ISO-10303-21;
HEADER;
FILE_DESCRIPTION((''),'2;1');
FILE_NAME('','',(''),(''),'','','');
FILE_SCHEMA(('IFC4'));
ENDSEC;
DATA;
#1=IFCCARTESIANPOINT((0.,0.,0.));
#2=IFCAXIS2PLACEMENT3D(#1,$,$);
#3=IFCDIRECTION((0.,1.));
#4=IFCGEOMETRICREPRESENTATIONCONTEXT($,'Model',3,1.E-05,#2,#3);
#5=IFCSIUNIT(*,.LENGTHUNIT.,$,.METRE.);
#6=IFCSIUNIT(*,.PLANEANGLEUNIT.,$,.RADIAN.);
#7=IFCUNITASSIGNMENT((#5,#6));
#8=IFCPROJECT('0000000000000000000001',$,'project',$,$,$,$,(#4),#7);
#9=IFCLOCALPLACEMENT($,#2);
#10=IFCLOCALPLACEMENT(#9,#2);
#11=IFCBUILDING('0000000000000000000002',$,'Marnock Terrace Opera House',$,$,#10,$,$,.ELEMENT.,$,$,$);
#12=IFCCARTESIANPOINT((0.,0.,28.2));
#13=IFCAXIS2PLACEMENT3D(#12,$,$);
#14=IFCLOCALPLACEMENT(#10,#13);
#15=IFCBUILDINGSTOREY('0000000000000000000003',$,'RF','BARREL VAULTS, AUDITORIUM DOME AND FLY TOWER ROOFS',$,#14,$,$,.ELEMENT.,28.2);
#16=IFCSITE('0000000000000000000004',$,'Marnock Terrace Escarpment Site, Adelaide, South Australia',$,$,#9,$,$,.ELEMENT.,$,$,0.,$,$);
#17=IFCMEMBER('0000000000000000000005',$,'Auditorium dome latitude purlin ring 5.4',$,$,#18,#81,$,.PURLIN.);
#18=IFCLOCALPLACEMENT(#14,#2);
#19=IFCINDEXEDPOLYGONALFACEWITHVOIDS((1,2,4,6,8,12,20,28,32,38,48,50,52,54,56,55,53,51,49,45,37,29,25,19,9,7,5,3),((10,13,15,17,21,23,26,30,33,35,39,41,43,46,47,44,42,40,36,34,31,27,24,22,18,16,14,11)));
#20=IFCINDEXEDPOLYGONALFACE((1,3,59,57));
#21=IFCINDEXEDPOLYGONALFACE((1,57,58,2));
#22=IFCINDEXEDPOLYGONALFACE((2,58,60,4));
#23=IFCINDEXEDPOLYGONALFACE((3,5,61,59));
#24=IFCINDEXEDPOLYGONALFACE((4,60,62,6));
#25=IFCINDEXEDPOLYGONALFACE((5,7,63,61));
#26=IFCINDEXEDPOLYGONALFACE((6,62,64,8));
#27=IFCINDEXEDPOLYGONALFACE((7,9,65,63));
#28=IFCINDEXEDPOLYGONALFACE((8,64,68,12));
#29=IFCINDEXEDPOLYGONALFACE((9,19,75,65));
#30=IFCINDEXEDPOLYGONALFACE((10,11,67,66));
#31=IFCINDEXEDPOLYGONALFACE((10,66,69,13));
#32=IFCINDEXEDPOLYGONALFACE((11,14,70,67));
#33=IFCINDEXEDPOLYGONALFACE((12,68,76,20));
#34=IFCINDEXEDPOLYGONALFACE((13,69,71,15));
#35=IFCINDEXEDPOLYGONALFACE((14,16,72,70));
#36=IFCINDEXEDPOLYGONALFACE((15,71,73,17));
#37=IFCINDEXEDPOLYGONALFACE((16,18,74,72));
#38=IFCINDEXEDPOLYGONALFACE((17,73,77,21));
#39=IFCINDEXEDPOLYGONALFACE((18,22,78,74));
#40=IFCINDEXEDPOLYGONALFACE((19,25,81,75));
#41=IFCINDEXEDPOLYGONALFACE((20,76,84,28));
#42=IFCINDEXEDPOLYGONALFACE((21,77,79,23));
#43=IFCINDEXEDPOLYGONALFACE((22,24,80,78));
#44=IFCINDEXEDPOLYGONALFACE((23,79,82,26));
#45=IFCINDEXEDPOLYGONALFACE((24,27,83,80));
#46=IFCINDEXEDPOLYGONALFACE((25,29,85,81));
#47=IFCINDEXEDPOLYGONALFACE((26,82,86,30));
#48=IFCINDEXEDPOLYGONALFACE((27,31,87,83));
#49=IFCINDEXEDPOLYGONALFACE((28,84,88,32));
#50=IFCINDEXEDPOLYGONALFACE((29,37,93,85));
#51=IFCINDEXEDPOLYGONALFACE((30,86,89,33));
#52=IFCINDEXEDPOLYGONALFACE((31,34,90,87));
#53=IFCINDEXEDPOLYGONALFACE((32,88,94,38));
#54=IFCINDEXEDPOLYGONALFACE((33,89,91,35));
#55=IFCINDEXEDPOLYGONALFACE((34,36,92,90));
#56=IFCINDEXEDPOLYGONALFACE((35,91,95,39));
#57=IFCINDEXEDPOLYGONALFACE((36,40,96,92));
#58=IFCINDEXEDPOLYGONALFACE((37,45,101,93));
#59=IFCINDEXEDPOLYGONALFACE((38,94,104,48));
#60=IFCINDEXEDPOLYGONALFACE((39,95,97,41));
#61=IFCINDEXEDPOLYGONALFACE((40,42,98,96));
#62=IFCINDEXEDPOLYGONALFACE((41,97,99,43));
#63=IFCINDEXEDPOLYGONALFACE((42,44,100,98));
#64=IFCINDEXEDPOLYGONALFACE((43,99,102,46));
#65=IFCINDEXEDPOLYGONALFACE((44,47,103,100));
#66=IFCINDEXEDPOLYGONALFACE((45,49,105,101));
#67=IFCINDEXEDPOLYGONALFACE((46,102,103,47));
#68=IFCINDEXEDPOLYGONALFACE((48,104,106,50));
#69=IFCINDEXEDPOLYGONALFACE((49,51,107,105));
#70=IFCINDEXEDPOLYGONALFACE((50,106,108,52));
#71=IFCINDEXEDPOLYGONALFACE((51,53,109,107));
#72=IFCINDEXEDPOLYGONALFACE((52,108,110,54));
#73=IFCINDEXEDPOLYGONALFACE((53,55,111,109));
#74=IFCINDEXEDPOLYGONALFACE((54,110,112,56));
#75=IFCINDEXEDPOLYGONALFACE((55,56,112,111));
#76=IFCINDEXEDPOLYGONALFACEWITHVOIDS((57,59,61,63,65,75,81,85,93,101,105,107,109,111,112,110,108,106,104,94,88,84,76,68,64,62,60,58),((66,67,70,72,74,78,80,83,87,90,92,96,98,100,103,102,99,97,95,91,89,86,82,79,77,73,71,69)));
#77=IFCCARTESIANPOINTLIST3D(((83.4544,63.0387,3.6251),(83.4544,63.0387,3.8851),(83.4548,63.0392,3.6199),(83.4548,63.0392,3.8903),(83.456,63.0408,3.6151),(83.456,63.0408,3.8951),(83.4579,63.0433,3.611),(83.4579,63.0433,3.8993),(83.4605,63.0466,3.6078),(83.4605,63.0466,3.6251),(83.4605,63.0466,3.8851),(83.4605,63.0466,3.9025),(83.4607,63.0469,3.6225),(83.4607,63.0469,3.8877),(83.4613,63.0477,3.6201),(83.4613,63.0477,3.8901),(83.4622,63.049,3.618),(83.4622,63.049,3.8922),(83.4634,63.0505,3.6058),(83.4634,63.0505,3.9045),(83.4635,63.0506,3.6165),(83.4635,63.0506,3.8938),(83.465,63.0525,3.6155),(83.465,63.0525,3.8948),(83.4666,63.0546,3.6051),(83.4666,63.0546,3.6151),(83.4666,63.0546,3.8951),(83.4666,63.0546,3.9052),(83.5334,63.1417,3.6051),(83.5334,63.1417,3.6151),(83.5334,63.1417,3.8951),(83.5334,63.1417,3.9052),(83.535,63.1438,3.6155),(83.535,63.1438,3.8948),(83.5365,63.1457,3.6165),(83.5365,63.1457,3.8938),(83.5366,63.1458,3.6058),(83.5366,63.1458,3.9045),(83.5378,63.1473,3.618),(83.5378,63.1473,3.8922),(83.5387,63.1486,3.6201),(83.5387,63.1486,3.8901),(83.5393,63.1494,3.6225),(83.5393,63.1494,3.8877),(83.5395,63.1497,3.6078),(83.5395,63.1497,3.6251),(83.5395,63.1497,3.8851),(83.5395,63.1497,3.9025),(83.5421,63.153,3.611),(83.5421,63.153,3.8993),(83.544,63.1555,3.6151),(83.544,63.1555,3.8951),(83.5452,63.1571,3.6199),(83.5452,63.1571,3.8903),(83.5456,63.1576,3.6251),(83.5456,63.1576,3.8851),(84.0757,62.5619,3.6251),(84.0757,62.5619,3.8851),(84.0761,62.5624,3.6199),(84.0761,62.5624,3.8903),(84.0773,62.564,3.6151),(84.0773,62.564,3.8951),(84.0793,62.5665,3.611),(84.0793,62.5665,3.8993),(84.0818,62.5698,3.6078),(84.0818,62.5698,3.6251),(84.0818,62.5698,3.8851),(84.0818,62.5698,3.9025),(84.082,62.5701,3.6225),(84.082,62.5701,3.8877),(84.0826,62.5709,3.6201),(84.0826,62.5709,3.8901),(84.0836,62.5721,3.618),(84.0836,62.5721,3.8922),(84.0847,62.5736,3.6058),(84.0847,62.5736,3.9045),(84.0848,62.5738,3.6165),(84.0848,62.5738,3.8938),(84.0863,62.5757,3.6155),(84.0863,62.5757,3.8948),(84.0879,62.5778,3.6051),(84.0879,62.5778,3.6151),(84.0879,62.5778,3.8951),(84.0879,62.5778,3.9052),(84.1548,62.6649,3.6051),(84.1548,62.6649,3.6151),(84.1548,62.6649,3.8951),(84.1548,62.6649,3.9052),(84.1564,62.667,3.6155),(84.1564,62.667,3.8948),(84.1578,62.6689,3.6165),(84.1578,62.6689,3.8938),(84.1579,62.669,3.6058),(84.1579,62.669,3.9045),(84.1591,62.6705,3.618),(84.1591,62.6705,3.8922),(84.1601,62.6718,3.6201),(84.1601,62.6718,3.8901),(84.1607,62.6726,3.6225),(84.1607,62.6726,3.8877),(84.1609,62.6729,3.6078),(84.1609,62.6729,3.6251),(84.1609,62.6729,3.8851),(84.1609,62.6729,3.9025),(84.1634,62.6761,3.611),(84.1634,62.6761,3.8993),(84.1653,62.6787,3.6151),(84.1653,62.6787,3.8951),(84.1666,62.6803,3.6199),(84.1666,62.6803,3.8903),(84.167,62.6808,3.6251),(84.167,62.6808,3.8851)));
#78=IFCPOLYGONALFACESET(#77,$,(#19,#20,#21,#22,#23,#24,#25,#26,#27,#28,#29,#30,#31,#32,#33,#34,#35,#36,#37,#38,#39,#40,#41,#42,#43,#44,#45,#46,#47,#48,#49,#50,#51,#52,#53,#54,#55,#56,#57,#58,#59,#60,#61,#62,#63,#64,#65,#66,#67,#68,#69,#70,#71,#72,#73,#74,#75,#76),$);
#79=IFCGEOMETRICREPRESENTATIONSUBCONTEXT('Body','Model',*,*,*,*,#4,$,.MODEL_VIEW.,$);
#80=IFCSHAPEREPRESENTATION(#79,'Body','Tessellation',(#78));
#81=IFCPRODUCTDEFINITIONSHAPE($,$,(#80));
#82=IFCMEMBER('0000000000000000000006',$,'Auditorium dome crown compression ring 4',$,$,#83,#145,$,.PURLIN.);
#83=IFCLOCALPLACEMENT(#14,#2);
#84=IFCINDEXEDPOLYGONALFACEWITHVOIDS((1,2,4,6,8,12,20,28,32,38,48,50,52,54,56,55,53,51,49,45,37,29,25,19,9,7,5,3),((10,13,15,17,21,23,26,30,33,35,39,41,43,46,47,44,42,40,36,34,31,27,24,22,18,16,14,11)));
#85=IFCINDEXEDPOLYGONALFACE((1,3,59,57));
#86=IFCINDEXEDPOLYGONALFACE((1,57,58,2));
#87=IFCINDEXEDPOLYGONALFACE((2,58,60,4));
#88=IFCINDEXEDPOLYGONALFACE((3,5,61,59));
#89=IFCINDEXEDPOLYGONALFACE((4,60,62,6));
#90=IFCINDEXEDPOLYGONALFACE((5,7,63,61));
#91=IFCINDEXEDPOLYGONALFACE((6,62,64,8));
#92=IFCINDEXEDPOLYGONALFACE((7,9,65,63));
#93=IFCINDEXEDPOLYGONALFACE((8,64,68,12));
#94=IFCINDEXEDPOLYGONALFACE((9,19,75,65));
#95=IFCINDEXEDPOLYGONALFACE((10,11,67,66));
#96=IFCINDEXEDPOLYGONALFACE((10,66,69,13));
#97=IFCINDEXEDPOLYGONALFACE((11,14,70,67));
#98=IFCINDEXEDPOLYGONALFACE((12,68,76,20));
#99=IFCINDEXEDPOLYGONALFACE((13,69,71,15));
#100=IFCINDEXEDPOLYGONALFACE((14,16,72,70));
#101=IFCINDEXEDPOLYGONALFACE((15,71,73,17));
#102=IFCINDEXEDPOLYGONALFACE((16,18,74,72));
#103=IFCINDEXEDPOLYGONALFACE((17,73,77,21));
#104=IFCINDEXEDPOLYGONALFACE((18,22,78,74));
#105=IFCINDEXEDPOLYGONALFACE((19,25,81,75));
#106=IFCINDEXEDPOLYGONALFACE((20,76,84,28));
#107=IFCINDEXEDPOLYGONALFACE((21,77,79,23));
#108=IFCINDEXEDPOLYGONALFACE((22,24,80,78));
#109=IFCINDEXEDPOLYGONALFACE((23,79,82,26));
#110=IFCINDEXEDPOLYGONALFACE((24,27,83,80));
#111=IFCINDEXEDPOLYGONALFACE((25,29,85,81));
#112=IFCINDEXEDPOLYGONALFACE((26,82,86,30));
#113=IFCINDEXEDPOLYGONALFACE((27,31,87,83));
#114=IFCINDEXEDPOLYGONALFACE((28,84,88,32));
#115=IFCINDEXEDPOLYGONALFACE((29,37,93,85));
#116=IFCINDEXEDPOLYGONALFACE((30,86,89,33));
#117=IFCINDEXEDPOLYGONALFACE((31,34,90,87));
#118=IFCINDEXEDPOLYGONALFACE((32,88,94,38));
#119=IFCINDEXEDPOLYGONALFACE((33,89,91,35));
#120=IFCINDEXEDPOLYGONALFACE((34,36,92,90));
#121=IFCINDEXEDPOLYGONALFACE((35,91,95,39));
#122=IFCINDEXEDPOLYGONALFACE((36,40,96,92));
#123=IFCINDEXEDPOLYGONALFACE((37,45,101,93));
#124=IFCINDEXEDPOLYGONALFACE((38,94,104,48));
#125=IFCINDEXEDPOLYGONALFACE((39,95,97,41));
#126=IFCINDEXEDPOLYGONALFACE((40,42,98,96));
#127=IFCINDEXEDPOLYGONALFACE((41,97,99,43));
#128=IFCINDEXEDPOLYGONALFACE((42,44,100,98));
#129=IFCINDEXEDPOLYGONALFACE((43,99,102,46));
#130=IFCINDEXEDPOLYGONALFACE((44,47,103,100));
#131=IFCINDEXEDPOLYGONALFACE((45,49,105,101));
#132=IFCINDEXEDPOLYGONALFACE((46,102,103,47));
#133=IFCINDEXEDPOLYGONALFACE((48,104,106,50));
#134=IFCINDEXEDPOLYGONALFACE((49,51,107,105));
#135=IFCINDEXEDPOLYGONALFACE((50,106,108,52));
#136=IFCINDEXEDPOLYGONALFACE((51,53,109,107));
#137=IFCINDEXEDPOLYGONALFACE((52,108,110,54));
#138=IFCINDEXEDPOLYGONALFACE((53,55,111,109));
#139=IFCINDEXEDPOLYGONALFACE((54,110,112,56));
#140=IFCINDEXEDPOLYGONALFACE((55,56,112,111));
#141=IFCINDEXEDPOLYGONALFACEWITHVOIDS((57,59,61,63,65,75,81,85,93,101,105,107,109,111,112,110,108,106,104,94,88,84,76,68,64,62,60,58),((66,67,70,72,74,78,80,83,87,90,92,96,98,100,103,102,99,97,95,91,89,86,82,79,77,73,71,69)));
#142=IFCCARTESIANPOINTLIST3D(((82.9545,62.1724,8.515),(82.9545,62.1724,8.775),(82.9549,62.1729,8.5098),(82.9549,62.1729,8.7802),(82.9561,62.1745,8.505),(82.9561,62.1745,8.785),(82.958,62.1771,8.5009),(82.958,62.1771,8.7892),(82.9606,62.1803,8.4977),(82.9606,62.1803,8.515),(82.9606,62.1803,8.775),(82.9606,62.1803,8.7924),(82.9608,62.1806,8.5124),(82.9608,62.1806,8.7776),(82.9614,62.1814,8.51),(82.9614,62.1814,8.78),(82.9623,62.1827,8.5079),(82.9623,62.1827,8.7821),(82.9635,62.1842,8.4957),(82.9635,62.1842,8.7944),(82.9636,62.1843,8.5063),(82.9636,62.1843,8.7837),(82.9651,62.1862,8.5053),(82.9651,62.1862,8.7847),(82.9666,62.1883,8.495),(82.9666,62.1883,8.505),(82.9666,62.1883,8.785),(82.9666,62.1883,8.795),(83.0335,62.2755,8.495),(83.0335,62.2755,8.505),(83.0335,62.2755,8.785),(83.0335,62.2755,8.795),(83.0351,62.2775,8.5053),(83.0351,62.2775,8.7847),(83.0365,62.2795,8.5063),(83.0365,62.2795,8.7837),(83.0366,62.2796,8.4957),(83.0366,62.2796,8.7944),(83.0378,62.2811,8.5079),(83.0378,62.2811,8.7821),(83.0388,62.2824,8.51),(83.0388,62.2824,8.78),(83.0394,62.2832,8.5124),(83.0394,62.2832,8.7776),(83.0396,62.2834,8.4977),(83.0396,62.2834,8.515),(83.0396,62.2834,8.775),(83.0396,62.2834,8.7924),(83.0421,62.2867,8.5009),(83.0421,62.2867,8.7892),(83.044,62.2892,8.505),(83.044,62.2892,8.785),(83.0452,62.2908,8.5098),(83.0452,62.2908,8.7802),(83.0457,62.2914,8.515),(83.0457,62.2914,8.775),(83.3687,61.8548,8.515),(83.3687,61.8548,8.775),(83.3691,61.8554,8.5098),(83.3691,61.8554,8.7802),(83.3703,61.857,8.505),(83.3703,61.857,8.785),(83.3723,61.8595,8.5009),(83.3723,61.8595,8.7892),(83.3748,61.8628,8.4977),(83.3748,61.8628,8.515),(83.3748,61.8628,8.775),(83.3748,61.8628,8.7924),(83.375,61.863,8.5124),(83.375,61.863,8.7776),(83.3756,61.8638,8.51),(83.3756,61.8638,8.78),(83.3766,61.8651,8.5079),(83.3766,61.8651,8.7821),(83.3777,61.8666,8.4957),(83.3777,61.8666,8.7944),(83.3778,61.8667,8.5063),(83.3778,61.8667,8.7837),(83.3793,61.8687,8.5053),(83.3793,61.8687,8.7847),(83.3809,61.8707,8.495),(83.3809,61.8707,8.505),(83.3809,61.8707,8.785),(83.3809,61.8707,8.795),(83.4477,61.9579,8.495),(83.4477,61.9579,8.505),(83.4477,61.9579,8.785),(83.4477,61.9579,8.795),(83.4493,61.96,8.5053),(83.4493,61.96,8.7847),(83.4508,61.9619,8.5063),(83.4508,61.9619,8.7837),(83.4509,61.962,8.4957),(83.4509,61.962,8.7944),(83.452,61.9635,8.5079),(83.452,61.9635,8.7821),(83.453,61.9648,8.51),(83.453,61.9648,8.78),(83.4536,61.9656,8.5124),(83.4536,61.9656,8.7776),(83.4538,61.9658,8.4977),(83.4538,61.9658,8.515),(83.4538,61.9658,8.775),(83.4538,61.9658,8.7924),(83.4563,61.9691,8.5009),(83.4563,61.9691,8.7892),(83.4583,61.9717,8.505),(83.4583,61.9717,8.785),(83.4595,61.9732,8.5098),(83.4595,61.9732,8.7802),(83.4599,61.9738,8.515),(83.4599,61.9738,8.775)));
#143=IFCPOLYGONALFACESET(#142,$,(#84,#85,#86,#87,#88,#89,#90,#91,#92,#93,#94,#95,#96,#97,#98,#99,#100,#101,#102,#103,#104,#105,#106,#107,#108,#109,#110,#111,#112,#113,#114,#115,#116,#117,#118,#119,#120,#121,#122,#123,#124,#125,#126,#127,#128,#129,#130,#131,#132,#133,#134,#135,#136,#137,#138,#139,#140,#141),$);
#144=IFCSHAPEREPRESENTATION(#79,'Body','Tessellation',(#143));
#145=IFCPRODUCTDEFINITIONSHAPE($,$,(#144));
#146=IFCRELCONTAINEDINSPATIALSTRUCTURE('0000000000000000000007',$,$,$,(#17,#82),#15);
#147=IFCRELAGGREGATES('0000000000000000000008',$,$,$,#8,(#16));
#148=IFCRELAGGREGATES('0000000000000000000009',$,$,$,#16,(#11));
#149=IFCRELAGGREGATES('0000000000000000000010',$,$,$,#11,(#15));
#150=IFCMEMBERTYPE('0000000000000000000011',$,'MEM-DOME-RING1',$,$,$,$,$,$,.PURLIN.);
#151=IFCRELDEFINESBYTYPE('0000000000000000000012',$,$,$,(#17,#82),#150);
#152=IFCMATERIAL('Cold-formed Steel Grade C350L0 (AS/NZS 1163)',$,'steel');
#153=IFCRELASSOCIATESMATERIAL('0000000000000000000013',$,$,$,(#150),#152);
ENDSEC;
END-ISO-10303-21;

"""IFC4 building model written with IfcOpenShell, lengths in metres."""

from ifc_helpers import new_model, si_unit, direction, frame, origin, origin_2d, place, context, subcontext, project, spatial, hollow_rectangle, extrude, material, material_profile, profile_set, type_object, element, save


model = new_model("IFC4")

# Units and contexts
model_context = context("Model", 3, precision=1e-05, world=origin(), true_north=direction((0.0, 1.0)))
body_context = subcontext(model_context, "Body", "Model", "MODEL_VIEW")
ifc_project = project(units=[si_unit("LENGTHUNIT", "METRE"), si_unit("PLANEANGLEUNIT", "RADIAN")], contexts=[model_context])

# Site, building, storey
site_placement = place(None, origin())
site = spatial("IfcSite", under=ifc_project, at=site_placement, Name="Marnock Terrace Escarpment Site, Adelaide, South Australia", CompositionType="ELEMENT", RefElevation=0.0)
building_placement = place(site_placement, origin())
building = spatial("IfcBuilding", under=site, at=building_placement, Name="Marnock Terrace Opera House", CompositionType="ELEMENT")
storey_placement = place(building_placement, frame((0.0, 0.0, 28.2)))
storey = spatial("IfcBuildingStorey", under=building, at=storey_placement, Name="RF", Description="BARREL VAULTS, AUDITORIUM DOME AND FLY TOWER ROOFS", CompositionType="ELEMENT", Elevation=28.2)

# Members
ifc_material_1 = material(Name="Cold-formed Steel Grade C350L0 (AS/NZS 1163)", Category="steel")
ifc_material_profile_1 = material_profile(ifc_material_1, hollow_rectangle(XDim=0.1499, YDim=0.3, WallThickness=0.01, InnerFilletRadius=0.01, OuterFilletRadius=0.02, at=origin_2d()))
ifc_profile_set_1 = profile_set([ifc_material_profile_1], Name="Cold-formed Steel Grade C350L0 (AS/NZS 1163)")
member_type_1 = type_object("IfcMemberType", Name="MEM-DOME-RING1", PredefinedType="PURLIN", material=ifc_profile_set_1)
member_1_placement = place(storey_placement, frame((84.1213, 62.6213, 3.7551), z_axis=(-0.79333, 0.608791, 0.0), x_axis=(-0.608791, -0.79333, 0.0)))
element("IfcMember", 1, at=member_1_placement, inside=storey, type_object=member_type_1, Name="Auditorium dome latitude purlin ring 5.4", PredefinedType="PURLIN", context=body_context, shape_type="SweptSolid", body=[
    extrude(hollow_rectangle(XDim=0.1499, YDim=0.3, WallThickness=0.01, InnerFilletRadius=0.01, OuterFilletRadius=0.02, at=origin_2d()), origin(), (0.0, 0.0, 1.0), 0.7832),
])
member_2_placement = place(storey_placement, frame((83.4143, 61.9143, 8.645), z_axis=(-0.793614, 0.608422, 0.0), x_axis=(-0.608422, -0.793614, 0.0)))
element("IfcMember", 2, at=member_2_placement, inside=storey, type_object=member_type_1, Name="Auditorium dome crown compression ring 4", PredefinedType="PURLIN", context=body_context, shape_type="SweptSolid", body=[
    extrude(hollow_rectangle(XDim=0.1499, YDim=0.3, WallThickness=0.01, InnerFilletRadius=0.01, OuterFilletRadius=0.02, at=origin_2d()), origin(), (0.0, 0.0, 1.0), 0.522),
])

save(model, "model.ifc")
